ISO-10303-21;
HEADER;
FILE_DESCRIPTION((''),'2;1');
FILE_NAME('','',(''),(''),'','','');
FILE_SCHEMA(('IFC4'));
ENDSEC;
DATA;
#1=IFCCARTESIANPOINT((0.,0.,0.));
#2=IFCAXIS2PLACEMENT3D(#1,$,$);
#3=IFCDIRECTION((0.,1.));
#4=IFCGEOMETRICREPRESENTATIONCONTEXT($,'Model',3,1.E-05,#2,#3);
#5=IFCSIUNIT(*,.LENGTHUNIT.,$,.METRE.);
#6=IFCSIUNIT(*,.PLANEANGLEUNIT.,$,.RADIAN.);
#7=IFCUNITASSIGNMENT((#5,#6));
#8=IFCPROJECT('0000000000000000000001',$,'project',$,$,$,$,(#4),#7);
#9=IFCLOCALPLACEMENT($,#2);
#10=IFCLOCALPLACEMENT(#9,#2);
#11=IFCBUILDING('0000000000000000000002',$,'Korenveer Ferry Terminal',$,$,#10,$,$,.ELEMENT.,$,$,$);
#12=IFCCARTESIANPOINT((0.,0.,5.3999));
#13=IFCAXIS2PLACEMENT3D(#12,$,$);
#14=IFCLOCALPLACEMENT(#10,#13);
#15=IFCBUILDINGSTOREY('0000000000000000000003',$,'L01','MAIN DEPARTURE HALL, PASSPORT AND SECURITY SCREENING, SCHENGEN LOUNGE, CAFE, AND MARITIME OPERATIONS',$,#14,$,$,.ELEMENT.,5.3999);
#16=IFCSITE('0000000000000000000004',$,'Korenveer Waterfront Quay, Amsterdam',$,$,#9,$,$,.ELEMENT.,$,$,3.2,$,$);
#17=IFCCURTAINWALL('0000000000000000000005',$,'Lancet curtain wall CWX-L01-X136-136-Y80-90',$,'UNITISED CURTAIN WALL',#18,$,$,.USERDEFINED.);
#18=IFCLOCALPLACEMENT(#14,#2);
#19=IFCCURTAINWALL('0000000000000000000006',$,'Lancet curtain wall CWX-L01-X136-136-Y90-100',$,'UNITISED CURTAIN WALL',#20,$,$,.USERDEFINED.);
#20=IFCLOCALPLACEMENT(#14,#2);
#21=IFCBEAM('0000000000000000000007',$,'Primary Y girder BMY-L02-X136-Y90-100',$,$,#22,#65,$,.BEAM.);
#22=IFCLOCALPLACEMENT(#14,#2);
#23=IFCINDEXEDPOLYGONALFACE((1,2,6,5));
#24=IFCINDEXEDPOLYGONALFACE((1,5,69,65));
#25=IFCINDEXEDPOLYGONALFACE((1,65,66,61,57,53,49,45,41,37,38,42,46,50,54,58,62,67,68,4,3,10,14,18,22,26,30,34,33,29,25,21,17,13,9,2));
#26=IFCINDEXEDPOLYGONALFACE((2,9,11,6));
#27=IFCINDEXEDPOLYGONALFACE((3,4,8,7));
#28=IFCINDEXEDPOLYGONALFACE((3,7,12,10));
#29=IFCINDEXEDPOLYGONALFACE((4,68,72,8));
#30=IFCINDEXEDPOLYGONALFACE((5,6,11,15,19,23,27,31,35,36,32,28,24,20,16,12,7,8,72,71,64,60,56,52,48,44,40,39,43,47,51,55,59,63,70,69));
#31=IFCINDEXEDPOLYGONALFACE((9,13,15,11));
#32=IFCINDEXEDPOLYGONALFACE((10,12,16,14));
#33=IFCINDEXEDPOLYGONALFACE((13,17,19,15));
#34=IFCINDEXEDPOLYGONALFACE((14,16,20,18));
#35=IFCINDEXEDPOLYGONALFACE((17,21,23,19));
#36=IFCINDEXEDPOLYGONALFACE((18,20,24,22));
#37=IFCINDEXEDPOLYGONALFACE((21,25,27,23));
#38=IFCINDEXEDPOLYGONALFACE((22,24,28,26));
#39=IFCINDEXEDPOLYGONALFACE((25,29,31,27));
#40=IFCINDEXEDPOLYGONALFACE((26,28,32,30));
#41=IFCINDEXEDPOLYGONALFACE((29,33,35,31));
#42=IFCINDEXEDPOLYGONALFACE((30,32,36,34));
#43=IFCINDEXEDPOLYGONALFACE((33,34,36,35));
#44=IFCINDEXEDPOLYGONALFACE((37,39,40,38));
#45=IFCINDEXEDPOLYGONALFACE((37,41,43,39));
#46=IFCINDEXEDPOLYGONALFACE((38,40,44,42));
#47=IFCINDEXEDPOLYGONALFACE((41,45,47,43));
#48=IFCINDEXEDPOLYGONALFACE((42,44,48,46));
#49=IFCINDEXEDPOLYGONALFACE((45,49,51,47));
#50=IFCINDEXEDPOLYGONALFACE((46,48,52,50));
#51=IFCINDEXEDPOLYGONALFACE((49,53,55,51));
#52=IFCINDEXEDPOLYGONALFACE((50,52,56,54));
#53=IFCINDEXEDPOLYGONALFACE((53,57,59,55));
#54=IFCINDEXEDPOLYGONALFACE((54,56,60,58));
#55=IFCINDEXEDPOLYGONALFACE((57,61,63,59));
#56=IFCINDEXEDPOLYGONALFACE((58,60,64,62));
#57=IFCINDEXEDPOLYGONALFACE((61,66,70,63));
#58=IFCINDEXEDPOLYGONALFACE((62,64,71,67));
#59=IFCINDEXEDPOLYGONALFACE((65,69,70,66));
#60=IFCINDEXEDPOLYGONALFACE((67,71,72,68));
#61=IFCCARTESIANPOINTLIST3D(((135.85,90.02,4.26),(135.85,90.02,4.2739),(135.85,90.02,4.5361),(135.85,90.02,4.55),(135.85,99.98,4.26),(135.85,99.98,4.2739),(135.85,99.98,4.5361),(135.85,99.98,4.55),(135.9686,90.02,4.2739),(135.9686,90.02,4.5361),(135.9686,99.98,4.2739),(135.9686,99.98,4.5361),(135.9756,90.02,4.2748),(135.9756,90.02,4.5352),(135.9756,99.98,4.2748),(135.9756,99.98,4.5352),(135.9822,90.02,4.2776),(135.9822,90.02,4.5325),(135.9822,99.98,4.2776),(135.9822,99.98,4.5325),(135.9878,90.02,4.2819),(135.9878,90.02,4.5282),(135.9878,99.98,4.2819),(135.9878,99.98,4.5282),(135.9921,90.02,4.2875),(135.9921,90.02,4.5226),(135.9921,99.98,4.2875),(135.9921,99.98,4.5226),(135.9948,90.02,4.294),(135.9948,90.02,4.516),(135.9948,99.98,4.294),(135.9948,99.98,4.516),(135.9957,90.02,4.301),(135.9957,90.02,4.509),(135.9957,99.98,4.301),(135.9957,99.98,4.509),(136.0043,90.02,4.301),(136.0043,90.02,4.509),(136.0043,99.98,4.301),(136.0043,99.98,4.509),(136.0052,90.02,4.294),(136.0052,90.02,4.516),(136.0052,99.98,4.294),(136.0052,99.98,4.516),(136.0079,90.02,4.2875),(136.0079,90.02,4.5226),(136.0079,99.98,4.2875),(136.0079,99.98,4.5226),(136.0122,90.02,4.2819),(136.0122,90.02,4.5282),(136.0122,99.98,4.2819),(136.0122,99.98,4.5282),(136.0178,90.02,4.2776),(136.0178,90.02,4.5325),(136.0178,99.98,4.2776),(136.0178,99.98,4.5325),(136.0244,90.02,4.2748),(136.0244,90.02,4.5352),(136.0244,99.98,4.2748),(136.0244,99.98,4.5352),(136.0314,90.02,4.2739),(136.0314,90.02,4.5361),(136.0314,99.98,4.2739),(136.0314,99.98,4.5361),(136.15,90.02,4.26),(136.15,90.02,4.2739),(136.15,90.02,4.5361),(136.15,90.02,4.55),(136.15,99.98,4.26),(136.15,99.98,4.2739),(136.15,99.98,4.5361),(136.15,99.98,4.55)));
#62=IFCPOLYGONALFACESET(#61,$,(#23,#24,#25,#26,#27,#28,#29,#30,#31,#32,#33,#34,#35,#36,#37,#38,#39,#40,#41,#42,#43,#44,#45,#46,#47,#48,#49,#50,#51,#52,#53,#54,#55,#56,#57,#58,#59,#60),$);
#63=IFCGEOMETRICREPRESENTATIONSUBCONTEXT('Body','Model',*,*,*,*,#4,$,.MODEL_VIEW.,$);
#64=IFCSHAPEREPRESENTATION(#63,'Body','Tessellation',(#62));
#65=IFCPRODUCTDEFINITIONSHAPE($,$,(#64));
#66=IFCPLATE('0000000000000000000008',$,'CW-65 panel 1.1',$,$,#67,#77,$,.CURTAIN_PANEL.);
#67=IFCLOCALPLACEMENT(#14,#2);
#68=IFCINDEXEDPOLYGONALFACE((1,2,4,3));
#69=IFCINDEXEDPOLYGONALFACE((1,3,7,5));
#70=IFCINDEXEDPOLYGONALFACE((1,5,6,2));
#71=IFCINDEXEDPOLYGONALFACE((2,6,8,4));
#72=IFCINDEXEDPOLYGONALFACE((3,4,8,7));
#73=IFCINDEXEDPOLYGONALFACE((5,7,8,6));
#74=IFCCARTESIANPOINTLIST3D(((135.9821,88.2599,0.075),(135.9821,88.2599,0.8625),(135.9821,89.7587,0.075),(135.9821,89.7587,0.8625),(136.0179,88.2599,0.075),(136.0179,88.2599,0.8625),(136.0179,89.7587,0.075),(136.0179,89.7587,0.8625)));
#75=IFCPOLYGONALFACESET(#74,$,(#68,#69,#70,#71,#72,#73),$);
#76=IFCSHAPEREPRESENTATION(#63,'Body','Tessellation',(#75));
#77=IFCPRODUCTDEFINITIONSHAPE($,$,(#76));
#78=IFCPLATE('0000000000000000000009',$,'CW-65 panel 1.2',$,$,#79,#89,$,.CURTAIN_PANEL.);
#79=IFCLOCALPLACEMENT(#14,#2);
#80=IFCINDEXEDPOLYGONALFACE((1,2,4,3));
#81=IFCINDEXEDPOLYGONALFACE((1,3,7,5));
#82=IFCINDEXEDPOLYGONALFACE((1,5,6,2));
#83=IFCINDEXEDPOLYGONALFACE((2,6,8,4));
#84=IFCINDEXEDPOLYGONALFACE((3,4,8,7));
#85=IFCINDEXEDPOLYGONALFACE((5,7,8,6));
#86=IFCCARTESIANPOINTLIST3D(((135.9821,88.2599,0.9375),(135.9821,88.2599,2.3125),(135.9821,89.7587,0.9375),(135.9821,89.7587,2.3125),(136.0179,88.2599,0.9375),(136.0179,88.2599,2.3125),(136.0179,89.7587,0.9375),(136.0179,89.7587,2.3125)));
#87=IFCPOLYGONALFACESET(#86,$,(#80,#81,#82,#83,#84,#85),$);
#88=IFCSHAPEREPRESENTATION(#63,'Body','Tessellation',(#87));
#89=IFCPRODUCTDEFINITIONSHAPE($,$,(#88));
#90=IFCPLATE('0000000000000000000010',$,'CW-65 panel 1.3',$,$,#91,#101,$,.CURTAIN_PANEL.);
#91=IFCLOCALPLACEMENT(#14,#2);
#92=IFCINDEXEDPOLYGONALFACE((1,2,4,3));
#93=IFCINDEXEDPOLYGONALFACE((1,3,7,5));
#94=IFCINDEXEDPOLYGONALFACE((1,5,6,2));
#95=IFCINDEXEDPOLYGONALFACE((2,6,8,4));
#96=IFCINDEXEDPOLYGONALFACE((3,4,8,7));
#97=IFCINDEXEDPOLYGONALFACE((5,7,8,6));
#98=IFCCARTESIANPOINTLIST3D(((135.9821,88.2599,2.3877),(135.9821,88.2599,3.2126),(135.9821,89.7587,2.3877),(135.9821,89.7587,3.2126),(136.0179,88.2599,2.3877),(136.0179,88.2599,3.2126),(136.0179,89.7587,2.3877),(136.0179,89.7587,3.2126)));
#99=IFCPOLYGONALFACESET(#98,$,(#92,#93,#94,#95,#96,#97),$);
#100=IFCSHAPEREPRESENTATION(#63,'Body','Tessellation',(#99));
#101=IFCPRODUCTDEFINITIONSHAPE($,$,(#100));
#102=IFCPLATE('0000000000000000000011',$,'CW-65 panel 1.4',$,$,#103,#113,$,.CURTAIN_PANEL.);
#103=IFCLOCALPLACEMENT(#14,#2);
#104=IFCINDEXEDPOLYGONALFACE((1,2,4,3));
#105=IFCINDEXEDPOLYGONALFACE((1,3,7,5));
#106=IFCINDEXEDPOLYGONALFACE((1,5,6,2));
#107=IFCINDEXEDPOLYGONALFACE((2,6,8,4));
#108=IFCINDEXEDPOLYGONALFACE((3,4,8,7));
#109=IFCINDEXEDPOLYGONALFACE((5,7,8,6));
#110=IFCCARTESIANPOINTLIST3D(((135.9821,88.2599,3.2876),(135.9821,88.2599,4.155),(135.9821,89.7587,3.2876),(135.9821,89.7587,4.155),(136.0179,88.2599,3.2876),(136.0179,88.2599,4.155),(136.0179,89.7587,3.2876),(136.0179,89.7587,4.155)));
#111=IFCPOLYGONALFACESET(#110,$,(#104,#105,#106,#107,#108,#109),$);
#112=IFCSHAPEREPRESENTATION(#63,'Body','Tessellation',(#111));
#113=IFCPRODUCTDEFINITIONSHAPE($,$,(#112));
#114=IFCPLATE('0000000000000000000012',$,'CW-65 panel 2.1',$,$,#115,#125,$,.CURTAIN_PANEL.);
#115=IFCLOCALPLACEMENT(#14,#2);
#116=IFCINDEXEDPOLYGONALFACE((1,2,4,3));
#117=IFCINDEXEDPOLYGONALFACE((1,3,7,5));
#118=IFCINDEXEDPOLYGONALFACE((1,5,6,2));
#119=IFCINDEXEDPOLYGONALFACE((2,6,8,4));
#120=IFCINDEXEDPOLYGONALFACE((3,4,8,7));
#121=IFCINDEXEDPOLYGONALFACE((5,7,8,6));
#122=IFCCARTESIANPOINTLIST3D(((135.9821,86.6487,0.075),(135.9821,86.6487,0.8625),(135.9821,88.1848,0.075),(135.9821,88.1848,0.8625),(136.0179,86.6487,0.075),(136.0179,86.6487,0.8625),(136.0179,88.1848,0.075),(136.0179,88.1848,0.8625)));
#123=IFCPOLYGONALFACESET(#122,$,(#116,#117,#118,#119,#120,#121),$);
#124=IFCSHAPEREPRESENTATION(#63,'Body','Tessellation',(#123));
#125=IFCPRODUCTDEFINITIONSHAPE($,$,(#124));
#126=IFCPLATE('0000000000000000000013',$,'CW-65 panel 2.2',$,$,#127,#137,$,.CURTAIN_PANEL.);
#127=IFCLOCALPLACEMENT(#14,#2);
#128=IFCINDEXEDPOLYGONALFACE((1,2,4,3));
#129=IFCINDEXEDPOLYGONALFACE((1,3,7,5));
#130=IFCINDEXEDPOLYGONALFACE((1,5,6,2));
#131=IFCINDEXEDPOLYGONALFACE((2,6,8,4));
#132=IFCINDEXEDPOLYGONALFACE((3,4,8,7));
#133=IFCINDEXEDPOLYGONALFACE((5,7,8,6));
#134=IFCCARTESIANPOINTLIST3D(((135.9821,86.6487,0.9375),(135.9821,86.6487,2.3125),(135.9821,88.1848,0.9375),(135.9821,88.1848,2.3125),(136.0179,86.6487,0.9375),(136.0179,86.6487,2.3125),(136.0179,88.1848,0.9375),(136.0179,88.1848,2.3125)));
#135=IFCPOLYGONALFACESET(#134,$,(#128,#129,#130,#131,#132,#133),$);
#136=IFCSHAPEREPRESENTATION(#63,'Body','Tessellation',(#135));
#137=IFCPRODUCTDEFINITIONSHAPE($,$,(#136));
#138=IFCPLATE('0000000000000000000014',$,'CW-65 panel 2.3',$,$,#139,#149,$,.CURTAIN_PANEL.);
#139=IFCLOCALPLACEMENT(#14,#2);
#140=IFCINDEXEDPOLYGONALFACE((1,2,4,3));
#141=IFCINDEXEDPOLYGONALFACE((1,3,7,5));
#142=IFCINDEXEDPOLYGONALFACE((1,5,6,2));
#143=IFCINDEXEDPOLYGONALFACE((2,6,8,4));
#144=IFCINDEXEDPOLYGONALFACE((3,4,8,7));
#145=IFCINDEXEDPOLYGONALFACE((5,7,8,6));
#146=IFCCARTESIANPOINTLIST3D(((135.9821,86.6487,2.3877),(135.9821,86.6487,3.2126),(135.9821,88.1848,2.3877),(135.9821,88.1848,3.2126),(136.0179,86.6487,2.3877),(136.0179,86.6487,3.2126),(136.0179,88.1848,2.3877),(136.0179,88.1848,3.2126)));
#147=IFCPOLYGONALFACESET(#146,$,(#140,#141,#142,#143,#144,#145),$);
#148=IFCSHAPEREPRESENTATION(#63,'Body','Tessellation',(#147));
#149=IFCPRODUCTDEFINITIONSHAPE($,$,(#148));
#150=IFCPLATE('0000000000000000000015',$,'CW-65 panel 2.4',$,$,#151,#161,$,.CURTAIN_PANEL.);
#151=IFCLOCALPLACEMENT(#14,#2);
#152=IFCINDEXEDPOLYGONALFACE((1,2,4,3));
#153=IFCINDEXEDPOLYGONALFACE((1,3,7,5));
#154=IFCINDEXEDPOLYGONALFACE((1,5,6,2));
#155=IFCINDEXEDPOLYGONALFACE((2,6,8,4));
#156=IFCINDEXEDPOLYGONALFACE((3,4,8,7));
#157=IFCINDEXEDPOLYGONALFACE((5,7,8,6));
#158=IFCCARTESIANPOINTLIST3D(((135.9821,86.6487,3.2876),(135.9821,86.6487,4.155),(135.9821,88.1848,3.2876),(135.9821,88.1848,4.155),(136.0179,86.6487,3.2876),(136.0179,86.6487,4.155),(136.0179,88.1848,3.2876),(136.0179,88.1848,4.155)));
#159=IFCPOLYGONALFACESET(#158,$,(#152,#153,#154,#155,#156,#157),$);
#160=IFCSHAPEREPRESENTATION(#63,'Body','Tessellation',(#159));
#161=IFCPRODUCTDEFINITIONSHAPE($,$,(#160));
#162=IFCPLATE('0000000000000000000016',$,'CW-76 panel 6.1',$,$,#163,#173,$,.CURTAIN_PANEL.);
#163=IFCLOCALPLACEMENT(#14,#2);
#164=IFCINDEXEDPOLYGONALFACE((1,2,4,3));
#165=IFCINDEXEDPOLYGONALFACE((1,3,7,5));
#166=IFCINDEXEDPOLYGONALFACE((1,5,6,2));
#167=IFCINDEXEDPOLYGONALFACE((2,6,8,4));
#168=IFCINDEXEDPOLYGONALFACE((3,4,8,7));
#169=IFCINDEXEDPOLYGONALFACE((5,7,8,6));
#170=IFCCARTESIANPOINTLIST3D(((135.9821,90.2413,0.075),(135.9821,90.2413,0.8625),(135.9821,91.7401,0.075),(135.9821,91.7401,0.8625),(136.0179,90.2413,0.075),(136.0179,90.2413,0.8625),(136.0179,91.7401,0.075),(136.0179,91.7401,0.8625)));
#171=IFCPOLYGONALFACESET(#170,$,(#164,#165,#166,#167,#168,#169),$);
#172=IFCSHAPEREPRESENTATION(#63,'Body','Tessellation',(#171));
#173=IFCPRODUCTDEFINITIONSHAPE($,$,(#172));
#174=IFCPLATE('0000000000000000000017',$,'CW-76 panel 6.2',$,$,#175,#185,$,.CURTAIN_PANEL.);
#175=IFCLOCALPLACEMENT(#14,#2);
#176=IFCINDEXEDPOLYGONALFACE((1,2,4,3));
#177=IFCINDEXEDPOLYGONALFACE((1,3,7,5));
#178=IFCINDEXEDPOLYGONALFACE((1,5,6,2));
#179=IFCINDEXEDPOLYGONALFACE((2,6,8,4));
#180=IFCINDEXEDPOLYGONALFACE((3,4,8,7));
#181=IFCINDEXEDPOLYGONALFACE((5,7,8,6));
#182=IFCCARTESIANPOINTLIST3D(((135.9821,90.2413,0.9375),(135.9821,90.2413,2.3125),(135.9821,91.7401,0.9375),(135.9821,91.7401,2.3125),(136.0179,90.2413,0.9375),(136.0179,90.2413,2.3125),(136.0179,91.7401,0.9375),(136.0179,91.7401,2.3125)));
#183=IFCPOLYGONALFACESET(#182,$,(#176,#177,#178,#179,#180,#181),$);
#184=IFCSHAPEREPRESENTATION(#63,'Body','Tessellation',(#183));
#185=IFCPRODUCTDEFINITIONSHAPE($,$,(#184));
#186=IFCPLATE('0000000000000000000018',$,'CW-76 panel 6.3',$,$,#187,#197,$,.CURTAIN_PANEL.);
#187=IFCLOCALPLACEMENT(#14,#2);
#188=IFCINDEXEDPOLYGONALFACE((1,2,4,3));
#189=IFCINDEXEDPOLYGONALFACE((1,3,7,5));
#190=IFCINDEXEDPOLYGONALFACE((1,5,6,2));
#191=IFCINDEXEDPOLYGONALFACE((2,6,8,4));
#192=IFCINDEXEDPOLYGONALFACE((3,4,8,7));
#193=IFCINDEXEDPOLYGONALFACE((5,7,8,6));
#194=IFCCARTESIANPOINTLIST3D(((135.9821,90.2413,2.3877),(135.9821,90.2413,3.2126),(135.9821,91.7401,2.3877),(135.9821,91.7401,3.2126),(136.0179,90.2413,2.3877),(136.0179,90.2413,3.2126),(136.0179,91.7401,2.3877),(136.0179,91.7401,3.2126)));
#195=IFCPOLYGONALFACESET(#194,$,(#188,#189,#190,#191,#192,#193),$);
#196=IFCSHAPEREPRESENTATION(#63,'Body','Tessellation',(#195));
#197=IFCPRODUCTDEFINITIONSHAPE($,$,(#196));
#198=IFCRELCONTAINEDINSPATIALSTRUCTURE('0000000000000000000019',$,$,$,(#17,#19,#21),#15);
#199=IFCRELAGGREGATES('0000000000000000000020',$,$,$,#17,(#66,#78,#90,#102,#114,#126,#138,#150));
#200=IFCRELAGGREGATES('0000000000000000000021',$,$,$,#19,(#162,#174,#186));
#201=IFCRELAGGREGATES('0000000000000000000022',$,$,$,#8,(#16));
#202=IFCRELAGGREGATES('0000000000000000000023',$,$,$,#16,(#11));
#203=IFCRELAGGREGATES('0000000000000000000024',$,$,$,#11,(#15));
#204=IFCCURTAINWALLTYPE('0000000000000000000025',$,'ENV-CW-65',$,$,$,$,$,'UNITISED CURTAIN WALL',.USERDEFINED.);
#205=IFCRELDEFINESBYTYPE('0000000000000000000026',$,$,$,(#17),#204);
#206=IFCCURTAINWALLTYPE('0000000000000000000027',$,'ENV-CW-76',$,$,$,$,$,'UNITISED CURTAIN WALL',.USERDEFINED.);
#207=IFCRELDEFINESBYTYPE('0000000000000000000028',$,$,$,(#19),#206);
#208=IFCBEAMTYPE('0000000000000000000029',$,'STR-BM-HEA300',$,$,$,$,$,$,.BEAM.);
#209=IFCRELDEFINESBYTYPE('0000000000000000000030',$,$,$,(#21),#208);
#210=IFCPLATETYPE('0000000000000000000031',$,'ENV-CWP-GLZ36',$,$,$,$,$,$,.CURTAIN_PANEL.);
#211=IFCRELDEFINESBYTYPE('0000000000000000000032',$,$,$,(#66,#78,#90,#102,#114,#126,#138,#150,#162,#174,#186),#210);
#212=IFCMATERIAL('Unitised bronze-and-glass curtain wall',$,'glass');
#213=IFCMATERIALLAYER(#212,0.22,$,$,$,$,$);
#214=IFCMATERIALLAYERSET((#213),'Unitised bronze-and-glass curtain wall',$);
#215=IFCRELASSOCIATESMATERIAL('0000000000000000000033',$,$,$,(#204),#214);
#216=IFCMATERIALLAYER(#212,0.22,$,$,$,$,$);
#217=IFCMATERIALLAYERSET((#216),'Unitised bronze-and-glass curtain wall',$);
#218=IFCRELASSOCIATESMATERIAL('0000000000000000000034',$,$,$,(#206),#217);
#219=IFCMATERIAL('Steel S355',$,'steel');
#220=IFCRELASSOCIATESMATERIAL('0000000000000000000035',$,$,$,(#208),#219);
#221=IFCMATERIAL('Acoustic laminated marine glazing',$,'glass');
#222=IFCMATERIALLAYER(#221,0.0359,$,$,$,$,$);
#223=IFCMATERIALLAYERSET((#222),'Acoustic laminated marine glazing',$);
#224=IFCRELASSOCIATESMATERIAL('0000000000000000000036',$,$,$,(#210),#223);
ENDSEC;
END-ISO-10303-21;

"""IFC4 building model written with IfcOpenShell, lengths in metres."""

from ifc_helpers import new_model, si_unit, direction, frame, origin, origin_2d, place, context, subcontext, project, spatial, rectangle, i_section, extrude, material, layer, layer_set, material_profile, profile_set, type_object, element, aggregate, save


model = new_model("IFC4")

# Units and contexts
model_context = context("Model", 3, precision=1e-05, world=origin(), true_north=direction((0.0, 1.0)))
body_context = subcontext(model_context, "Body", "Model", "MODEL_VIEW")
ifc_project = project(units=[si_unit("LENGTHUNIT", "METRE"), si_unit("PLANEANGLEUNIT", "RADIAN")], contexts=[model_context])

# Site, building, storey
site_placement = place(None, origin())
site = spatial("IfcSite", under=ifc_project, at=site_placement, Name="Korenveer Waterfront Quay, Amsterdam", CompositionType="ELEMENT", RefElevation=3.2)
building_placement = place(site_placement, origin())
building = spatial("IfcBuilding", under=site, at=building_placement, Name="Korenveer Ferry Terminal", CompositionType="ELEMENT")
storey_placement = place(building_placement, frame((0.0, 0.0, 5.3999)))
storey = spatial("IfcBuildingStorey", under=building, at=storey_placement, Name="L01", Description="MAIN DEPARTURE HALL, PASSPORT AND SECURITY SCREENING, SCHENGEN LOUNGE, CAFE, AND MARITIME OPERATIONS", CompositionType="ELEMENT", Elevation=5.3999)

# Shared definitions
ifc_material_1 = material(Name="Steel S355", Category="steel")

# Curtain wall
ifc_material_2 = material(Name="Unitised bronze-and-glass curtain wall", Category="glass")
ifc_layer_1 = layer(ifc_material_2, 0.22)
ifc_layer_set_1 = layer_set([ifc_layer_1], Name="Unitised bronze-and-glass curtain wall")
curtain_wall_type_1 = type_object("IfcCurtainWallType", Name="ENV-CW-65", ElementType="UNITISED CURTAIN WALL", PredefinedType="USERDEFINED", material=ifc_layer_set_1)
curtain_wall_1_placement = place(storey_placement, frame((136.0, 89.8335, 0.0)))
curtain_wall_1 = element("IfcCurtainWall", 1, at=curtain_wall_1_placement, inside=storey, type_object=curtain_wall_type_1, Name="Lancet curtain wall CWX-L01-X136-136-Y80-90", ObjectType="UNITISED CURTAIN WALL", PredefinedType="USERDEFINED")

# Curtain wall
ifc_layer_2 = layer(ifc_material_2, 0.22)
ifc_layer_set_2 = layer_set([ifc_layer_2], Name="Unitised bronze-and-glass curtain wall")
curtain_wall_type_2 = type_object("IfcCurtainWallType", Name="ENV-CW-76", ElementType="UNITISED CURTAIN WALL", PredefinedType="USERDEFINED", material=ifc_layer_set_2)
curtain_wall_2_placement = place(storey_placement, frame((136.0, 99.8335, 0.0)))
curtain_wall_2 = element("IfcCurtainWall", 2, at=curtain_wall_2_placement, inside=storey, type_object=curtain_wall_type_2, Name="Lancet curtain wall CWX-L01-X136-136-Y90-100", ObjectType="UNITISED CURTAIN WALL", PredefinedType="USERDEFINED")

# Beam
ifc_material_profile_1 = material_profile(ifc_material_1, i_section(OverallWidth=0.3, OverallDepth=0.29, WebThickness=0.0085, FlangeThickness=0.0139, FilletRadius=0.0271, at=origin_2d()), Name="HEA 300")
ifc_profile_set_1 = profile_set([ifc_material_profile_1], Name="Steel S355")
beam_type = type_object("IfcBeamType", Name="STR-BM-HEA300", PredefinedType="BEAM", material=ifc_profile_set_1)
beam_placement = place(storey_placement, frame((136.0, 90.02, 4.405), z_axis=(0.0, 1.0, 0.0), x_axis=(-1.0, 0.0, 0.0)))
element("IfcBeam", 3, at=beam_placement, inside=storey, type_object=beam_type, Name="Primary Y girder BMY-L02-X136-Y90-100", PredefinedType="BEAM", context=body_context, shape_type="SweptSolid", body=[
    extrude(i_section(OverallWidth=0.3, OverallDepth=0.29, WebThickness=0.0085, FlangeThickness=0.0139, FilletRadius=0.0271, at=origin_2d()), origin(), (0.0, 0.0, 1.0), 9.96),
])

# Plates
ifc_material_3 = material(Name="Acoustic laminated marine glazing", Category="glass")
ifc_layer_3 = layer(ifc_material_3, 0.0359)
ifc_layer_set_3 = layer_set([ifc_layer_3], Name="Acoustic laminated marine glazing")
plate_type = type_object("IfcPlateType", Name="ENV-CWP-GLZ36", PredefinedType="CURTAIN_PANEL", material=ifc_layer_set_3)
plate_1_placement = place(storey_placement, frame((136.0, 89.0093, 0.075), z_axis=(0.0, 0.0, 1.0), x_axis=(0.0, -1.0, 0.0)))
plate_1 = element("IfcPlate", 4, at=plate_1_placement, type_object=plate_type, Name="CW-65 panel 1.1", PredefinedType="CURTAIN_PANEL", context=body_context, shape_type="SweptSolid", body=[
    extrude(rectangle(XDim=1.4988, YDim=0.0359, at=origin_2d()), origin(), (0.0, 0.0, 1.0), 0.7876),
])
plate_2_placement = place(storey_placement, frame((136.0, 89.0093, 0.9375), z_axis=(0.0, 0.0, 1.0), x_axis=(0.0, -1.0, 0.0)))
plate_2 = element("IfcPlate", 5, at=plate_2_placement, type_object=plate_type, Name="CW-65 panel 1.2", PredefinedType="CURTAIN_PANEL", context=body_context, shape_type="SweptSolid", body=[
    extrude(rectangle(XDim=1.4988, YDim=0.0359, at=origin_2d()), origin(), (0.0, 0.0, 1.0), 1.375),
])
plate_3_placement = place(storey_placement, frame((136.0, 89.0093, 2.3877), z_axis=(0.0, 0.0, 1.0), x_axis=(0.0, -1.0, 0.0)))
plate_3 = element("IfcPlate", 6, at=plate_3_placement, type_object=plate_type, Name="CW-65 panel 1.3", PredefinedType="CURTAIN_PANEL", context=body_context, shape_type="SweptSolid", body=[
    extrude(rectangle(XDim=1.4988, YDim=0.0359, at=origin_2d()), origin(), (0.0, 0.0, 1.0), 0.825),
])
plate_4_placement = place(storey_placement, frame((136.0, 89.0093, 3.2876), z_axis=(0.0, 0.0, 1.0), x_axis=(0.0, -1.0, 0.0)))
plate_4 = element("IfcPlate", 7, at=plate_4_placement, type_object=plate_type, Name="CW-65 panel 1.4", PredefinedType="CURTAIN_PANEL", context=body_context, shape_type="SweptSolid", body=[
    extrude(rectangle(XDim=1.4988, YDim=0.0359, at=origin_2d()), origin(), (0.0, 0.0, 1.0), 0.8674),
])
plate_5_placement = place(storey_placement, frame((136.0, 87.4167, 0.075), z_axis=(0.0, 0.0, 1.0), x_axis=(0.0, -1.0, 0.0)))
plate_5 = element("IfcPlate", 8, at=plate_5_placement, type_object=plate_type, Name="CW-65 panel 2.1", PredefinedType="CURTAIN_PANEL", context=body_context, shape_type="SweptSolid", body=[
    extrude(rectangle(XDim=1.5361, YDim=0.0359, at=origin_2d()), origin(), (0.0, 0.0, 1.0), 0.7876),
])
plate_6_placement = place(storey_placement, frame((136.0, 87.4167, 0.9375), z_axis=(0.0, 0.0, 1.0), x_axis=(0.0, -1.0, 0.0)))
plate_6 = element("IfcPlate", 9, at=plate_6_placement, type_object=plate_type, Name="CW-65 panel 2.2", PredefinedType="CURTAIN_PANEL", context=body_context, shape_type="SweptSolid", body=[
    extrude(rectangle(XDim=1.5361, YDim=0.0359, at=origin_2d()), origin(), (0.0, 0.0, 1.0), 1.375),
])
plate_7_placement = place(storey_placement, frame((136.0, 87.4167, 2.3877), z_axis=(0.0, 0.0, 1.0), x_axis=(0.0, -1.0, 0.0)))
plate_7 = element("IfcPlate", 10, at=plate_7_placement, type_object=plate_type, Name="CW-65 panel 2.3", PredefinedType="CURTAIN_PANEL", context=body_context, shape_type="SweptSolid", body=[
    extrude(rectangle(XDim=1.5361, YDim=0.0359, at=origin_2d()), origin(), (0.0, 0.0, 1.0), 0.825),
])
plate_8_placement = place(storey_placement, frame((136.0, 87.4167, 3.2876), z_axis=(0.0, 0.0, 1.0), x_axis=(0.0, -1.0, 0.0)))
plate_8 = element("IfcPlate", 11, at=plate_8_placement, type_object=plate_type, Name="CW-65 panel 2.4", PredefinedType="CURTAIN_PANEL", context=body_context, shape_type="SweptSolid", body=[
    extrude(rectangle(XDim=1.5361, YDim=0.0359, at=origin_2d()), origin(), (0.0, 0.0, 1.0), 0.8674),
])
aggregate(curtain_wall_1, [plate_1, plate_2, plate_3, plate_4, plate_5, plate_6, plate_7, plate_8])
plate_9_placement = place(storey_placement, frame((136.0, 90.9907, 0.075), z_axis=(0.0, 0.0, 1.0), x_axis=(0.0, -1.0, 0.0)))
plate_9 = element("IfcPlate", 12, at=plate_9_placement, type_object=plate_type, Name="CW-76 panel 6.1", PredefinedType="CURTAIN_PANEL", context=body_context, shape_type="SweptSolid", body=[
    extrude(rectangle(XDim=1.4988, YDim=0.0359, at=origin_2d()), origin(), (0.0, 0.0, 1.0), 0.7876),
])
plate_10_placement = place(storey_placement, frame((136.0, 90.9907, 0.9375), z_axis=(0.0, 0.0, 1.0), x_axis=(0.0, -1.0, 0.0)))
plate_10 = element("IfcPlate", 13, at=plate_10_placement, type_object=plate_type, Name="CW-76 panel 6.2", PredefinedType="CURTAIN_PANEL", context=body_context, shape_type="SweptSolid", body=[
    extrude(rectangle(XDim=1.4988, YDim=0.0359, at=origin_2d()), origin(), (0.0, 0.0, 1.0), 1.375),
])
plate_11_placement = place(storey_placement, frame((136.0, 90.9907, 2.3877), z_axis=(0.0, 0.0, 1.0), x_axis=(0.0, -1.0, 0.0)))
plate_11 = element("IfcPlate", 14, at=plate_11_placement, type_object=plate_type, Name="CW-76 panel 6.3", PredefinedType="CURTAIN_PANEL", context=body_context, shape_type="SweptSolid", body=[
    extrude(rectangle(XDim=1.4988, YDim=0.0359, at=origin_2d()), origin(), (0.0, 0.0, 1.0), 0.825),
])
aggregate(curtain_wall_2, [plate_9, plate_10, plate_11])

save(model, "model.ifc")
